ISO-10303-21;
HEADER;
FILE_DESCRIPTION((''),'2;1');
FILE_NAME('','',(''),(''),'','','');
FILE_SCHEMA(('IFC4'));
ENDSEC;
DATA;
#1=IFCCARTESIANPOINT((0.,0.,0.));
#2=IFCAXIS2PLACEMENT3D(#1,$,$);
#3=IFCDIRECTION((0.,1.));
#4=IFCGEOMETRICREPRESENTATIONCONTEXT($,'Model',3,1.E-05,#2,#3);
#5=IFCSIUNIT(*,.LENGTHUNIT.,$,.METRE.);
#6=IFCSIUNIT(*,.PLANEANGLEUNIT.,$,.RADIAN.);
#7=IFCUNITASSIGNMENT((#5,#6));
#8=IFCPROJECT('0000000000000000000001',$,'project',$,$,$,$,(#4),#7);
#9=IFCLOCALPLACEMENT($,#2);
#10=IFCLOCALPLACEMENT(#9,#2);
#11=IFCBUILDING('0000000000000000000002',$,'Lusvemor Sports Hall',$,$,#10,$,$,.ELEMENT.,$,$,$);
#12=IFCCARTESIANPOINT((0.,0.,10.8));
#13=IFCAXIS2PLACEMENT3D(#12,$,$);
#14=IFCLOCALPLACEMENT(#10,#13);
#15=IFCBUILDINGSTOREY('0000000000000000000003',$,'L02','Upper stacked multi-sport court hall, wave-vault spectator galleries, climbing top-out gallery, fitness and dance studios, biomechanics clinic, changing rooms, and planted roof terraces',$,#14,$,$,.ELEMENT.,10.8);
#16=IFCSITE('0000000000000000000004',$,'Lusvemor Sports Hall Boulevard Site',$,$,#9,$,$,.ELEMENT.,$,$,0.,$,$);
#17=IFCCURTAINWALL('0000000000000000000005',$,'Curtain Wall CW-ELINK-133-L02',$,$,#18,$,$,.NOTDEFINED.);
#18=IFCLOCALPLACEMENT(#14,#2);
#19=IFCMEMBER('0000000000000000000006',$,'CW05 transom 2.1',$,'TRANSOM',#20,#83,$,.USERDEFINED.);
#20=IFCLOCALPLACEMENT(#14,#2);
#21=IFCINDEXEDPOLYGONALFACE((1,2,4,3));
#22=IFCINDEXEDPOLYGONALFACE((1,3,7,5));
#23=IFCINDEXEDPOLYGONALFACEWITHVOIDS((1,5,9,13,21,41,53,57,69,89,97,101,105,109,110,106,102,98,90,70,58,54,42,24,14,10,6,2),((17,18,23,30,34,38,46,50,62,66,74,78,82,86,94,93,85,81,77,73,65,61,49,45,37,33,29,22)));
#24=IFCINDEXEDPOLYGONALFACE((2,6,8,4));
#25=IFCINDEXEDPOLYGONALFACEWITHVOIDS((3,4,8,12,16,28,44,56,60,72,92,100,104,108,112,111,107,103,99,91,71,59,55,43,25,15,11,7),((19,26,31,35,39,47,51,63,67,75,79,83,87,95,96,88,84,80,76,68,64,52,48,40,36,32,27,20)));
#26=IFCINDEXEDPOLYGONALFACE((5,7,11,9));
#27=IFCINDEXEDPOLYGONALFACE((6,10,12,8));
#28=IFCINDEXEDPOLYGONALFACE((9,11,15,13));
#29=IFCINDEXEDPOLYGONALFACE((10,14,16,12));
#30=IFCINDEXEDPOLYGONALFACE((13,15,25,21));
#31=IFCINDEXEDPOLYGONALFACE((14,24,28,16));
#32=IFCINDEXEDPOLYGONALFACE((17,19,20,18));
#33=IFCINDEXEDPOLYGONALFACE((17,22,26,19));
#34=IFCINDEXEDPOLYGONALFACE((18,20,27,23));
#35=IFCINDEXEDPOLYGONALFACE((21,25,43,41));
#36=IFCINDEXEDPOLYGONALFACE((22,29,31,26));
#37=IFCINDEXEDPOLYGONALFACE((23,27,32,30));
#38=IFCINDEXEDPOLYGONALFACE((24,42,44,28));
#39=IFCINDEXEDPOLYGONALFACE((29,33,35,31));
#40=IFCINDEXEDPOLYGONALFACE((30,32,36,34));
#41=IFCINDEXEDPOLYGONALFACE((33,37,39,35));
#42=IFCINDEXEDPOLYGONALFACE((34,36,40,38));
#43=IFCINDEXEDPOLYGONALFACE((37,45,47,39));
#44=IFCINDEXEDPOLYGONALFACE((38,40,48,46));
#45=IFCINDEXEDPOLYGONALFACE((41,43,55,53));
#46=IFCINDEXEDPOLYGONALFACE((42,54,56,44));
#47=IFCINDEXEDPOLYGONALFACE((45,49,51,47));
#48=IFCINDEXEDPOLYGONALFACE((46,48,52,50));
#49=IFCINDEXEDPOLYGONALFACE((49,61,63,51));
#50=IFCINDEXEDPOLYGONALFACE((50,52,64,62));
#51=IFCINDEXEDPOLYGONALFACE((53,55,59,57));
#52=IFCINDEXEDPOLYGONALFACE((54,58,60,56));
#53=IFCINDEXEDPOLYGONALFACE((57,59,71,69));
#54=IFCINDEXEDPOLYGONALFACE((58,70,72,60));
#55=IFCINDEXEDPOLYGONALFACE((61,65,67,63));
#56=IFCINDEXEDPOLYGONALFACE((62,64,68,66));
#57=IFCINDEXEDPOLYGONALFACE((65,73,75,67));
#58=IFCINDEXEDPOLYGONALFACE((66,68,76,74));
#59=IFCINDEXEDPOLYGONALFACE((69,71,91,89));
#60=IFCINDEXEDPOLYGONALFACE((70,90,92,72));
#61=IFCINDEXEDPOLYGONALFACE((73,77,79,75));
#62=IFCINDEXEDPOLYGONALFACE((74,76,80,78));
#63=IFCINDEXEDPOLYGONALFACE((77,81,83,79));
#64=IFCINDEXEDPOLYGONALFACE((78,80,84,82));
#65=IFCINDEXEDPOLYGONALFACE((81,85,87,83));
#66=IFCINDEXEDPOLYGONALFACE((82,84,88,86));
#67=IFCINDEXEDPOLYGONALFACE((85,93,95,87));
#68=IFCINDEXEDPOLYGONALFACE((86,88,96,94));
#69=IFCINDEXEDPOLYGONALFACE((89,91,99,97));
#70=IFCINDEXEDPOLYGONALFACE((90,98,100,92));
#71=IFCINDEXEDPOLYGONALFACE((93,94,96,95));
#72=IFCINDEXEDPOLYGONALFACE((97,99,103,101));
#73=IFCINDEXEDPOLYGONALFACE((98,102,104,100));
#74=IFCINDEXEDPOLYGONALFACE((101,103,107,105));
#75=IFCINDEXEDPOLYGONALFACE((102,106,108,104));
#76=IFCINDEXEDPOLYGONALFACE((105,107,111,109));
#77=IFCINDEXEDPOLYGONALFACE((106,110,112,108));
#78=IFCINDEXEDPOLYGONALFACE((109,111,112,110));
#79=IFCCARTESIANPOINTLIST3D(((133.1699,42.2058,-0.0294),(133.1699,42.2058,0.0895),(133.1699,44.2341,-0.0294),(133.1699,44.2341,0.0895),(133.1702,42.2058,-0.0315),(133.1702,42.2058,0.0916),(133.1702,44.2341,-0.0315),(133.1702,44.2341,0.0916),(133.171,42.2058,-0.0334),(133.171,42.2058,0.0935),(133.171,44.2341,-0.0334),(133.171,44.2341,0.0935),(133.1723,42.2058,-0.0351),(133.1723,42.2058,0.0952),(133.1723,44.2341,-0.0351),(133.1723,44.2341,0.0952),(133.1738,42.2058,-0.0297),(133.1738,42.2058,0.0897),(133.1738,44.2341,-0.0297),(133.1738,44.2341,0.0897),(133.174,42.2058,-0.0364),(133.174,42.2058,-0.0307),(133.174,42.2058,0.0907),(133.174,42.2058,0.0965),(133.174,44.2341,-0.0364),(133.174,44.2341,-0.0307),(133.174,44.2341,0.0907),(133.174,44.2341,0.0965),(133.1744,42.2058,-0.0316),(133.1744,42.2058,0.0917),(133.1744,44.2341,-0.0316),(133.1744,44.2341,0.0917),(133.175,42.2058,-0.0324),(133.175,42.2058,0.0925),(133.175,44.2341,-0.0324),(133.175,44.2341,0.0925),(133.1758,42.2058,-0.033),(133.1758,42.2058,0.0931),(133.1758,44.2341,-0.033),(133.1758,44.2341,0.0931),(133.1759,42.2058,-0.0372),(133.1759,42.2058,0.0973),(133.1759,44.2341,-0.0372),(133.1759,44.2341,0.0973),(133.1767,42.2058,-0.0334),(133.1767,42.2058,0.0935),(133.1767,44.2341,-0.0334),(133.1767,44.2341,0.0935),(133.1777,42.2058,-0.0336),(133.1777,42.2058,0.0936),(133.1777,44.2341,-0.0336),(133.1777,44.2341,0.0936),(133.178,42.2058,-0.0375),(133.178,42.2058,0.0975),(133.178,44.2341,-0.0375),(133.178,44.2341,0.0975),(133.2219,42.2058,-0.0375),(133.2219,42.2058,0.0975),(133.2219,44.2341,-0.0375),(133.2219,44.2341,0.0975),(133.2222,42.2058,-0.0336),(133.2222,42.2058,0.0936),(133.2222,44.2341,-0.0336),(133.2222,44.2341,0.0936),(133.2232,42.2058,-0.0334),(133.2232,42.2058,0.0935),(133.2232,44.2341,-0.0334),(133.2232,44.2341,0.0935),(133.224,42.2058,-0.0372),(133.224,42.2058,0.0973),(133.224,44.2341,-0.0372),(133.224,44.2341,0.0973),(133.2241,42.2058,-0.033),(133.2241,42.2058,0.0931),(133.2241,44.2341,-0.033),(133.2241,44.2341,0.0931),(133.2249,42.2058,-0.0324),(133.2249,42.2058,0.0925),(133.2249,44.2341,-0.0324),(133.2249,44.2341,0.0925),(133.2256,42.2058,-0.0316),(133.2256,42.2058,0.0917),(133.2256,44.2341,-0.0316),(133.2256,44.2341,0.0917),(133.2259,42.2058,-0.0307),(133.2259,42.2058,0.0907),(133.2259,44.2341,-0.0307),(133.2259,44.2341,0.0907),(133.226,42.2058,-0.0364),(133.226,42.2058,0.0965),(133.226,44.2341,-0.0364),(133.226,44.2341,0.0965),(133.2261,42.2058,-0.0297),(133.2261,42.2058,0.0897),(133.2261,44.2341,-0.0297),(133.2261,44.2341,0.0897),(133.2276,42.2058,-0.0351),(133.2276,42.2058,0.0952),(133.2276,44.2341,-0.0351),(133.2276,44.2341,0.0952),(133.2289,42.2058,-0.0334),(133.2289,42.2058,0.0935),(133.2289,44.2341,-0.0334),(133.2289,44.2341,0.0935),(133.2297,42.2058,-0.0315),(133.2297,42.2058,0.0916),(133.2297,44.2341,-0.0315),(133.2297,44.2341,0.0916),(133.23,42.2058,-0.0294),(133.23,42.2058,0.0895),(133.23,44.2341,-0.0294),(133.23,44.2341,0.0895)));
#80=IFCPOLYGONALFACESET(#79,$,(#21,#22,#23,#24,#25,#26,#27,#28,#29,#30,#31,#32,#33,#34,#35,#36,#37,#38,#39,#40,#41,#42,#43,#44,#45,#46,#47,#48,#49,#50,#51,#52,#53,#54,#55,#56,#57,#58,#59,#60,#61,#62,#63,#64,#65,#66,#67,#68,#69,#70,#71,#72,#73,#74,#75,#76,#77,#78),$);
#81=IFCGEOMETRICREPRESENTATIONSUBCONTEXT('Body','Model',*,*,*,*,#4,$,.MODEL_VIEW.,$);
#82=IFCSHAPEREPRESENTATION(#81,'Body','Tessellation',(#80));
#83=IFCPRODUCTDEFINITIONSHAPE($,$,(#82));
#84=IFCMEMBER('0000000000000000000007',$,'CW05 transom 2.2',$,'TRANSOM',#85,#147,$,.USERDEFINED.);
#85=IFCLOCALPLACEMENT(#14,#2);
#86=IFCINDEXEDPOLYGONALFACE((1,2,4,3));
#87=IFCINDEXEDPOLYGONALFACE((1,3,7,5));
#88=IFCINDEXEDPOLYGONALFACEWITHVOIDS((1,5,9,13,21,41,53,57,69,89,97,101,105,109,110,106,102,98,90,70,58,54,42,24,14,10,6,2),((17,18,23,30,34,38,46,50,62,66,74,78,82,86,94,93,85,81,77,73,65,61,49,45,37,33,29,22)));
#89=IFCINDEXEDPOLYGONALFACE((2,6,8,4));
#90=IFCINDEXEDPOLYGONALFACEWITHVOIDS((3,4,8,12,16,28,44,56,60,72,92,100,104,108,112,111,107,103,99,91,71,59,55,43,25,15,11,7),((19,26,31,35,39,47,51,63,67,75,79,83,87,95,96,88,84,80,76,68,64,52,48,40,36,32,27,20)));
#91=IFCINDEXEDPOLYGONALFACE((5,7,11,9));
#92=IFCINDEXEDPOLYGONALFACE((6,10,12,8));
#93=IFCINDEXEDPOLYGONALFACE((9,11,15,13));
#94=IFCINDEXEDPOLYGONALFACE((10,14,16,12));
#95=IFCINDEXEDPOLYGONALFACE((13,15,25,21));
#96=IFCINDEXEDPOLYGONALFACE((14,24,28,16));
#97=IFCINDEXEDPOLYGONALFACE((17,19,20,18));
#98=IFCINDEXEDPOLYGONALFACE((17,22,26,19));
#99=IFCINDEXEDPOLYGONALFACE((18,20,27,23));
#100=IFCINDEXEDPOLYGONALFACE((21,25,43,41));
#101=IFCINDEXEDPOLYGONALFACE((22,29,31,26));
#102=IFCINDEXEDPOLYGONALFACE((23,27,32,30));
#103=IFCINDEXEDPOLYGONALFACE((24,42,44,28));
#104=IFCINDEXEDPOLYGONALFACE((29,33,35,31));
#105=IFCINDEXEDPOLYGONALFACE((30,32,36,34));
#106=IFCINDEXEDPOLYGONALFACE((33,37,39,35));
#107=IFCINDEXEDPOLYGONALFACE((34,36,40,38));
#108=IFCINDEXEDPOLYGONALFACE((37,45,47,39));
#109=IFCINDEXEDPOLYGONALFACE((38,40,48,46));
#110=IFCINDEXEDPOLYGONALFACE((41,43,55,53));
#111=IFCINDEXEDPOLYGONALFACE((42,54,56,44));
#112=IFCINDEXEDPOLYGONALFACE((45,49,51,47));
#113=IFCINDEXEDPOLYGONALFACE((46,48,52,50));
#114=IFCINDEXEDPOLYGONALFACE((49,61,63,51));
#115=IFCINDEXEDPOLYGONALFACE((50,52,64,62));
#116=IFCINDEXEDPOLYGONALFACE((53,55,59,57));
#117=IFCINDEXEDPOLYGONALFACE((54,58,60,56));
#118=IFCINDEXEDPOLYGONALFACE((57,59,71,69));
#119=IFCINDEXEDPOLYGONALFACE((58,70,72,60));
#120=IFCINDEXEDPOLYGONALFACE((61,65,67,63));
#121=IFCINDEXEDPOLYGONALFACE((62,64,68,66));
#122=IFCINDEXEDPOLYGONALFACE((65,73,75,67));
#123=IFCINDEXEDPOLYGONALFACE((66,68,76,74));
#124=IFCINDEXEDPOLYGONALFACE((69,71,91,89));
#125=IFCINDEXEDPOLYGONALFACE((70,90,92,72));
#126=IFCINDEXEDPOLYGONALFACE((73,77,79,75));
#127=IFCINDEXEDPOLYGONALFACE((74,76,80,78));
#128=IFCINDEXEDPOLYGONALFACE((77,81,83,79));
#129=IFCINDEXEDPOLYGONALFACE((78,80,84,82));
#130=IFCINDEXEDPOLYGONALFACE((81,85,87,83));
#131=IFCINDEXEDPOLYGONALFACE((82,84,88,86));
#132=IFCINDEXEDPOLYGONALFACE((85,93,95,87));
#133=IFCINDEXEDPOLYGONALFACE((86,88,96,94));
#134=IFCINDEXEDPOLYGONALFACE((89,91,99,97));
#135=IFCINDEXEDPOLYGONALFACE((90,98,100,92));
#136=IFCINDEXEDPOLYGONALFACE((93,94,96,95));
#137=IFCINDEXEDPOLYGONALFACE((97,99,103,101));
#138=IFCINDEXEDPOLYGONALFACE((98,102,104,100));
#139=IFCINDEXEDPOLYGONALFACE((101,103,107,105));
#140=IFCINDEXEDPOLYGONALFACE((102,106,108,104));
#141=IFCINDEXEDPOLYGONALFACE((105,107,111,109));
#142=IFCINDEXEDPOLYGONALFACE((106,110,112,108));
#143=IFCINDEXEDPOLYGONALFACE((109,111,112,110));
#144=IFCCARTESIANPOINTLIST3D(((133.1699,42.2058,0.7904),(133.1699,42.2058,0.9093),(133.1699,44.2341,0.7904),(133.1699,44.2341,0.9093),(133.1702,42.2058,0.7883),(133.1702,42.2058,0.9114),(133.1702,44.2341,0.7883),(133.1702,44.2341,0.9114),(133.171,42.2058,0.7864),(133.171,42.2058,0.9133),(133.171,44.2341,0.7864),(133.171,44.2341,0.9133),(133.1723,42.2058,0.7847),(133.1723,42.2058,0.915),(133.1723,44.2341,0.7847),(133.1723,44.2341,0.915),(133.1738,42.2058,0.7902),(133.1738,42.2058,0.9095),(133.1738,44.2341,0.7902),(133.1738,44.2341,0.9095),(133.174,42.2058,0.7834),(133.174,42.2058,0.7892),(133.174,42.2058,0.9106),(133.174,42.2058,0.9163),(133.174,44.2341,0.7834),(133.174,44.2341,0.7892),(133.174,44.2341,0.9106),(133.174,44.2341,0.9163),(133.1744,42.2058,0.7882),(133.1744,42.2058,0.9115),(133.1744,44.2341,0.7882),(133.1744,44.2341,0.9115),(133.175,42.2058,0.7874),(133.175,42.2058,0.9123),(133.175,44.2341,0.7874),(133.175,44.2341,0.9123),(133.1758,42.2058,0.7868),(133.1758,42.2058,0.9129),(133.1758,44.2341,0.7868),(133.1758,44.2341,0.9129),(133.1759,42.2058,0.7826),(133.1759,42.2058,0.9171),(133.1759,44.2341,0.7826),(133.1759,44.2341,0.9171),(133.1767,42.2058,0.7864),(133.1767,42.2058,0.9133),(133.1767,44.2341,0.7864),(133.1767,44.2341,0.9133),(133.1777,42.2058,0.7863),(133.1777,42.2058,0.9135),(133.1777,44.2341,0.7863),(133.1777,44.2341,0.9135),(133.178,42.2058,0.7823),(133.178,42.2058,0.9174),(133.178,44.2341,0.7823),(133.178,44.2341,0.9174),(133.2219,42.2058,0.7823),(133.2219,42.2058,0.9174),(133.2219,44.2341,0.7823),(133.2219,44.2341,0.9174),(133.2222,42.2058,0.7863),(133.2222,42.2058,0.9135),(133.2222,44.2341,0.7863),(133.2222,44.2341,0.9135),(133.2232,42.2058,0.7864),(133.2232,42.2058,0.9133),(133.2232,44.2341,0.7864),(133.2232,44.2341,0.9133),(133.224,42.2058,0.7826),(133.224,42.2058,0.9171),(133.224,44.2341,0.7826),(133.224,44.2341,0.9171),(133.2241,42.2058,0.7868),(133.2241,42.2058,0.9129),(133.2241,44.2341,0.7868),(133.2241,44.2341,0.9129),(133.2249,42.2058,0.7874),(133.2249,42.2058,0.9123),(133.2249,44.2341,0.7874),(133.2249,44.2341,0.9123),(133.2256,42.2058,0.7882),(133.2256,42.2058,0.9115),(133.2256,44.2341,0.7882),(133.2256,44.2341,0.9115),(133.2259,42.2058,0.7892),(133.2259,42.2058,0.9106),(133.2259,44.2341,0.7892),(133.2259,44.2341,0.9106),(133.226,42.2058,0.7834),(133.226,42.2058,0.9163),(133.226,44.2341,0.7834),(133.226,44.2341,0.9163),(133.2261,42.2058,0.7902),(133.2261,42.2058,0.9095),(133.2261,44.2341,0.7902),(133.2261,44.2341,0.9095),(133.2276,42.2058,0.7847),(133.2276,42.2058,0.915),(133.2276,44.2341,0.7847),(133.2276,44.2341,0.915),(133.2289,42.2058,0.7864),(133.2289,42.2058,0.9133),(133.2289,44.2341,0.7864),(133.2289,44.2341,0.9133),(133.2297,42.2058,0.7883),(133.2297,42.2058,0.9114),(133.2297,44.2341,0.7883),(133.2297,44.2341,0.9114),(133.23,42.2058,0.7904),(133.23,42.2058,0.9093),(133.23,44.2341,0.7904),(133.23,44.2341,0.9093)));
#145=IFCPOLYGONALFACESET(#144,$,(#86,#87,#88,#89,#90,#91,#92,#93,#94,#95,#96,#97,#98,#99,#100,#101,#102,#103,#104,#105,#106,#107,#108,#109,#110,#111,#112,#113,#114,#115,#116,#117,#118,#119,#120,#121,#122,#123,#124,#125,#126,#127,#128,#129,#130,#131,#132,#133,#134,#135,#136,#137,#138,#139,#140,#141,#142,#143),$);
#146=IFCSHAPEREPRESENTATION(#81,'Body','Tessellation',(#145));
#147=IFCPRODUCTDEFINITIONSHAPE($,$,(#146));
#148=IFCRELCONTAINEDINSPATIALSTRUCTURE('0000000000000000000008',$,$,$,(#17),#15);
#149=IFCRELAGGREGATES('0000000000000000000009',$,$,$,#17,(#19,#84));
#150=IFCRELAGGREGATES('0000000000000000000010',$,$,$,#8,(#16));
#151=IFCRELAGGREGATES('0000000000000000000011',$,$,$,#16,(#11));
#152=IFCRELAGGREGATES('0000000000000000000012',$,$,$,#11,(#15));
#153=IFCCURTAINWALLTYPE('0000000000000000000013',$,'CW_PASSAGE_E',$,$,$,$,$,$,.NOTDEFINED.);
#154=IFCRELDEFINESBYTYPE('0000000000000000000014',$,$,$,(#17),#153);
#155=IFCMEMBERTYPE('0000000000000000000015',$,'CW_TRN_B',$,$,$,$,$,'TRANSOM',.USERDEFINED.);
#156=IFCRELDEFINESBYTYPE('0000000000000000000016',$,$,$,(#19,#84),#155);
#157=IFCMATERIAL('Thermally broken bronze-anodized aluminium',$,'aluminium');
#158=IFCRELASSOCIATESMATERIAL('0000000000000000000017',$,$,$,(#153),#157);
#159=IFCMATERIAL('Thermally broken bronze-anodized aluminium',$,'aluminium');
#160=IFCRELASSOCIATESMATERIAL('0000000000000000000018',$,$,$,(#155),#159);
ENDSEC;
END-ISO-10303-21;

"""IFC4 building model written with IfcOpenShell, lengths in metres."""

from ifc_helpers import new_model, si_unit, direction, frame, origin, origin_2d, place, context, subcontext, project, spatial, hollow_rectangle, extrude, material, material_profile, profile_set, type_object, element, aggregate, save


model = new_model("IFC4")

# Units and contexts
model_context = context("Model", 3, precision=1e-05, world=origin(), true_north=direction((0.0, 1.0)))
body_context = subcontext(model_context, "Body", "Model", "MODEL_VIEW")
ifc_project = project(units=[si_unit("LENGTHUNIT", "METRE"), si_unit("PLANEANGLEUNIT", "RADIAN")], contexts=[model_context])

# Site, building, storey
site_placement = place(None, origin())
site = spatial("IfcSite", under=ifc_project, at=site_placement, Name="Lusvemor Sports Hall Boulevard Site", CompositionType="ELEMENT", RefElevation=0.0)
building_placement = place(site_placement, origin())
building = spatial("IfcBuilding", under=site, at=building_placement, Name="Lusvemor Sports Hall", CompositionType="ELEMENT")
storey_placement = place(building_placement, frame((0.0, 0.0, 10.8)))
storey = spatial("IfcBuildingStorey", under=building, at=storey_placement, Name="L02", Description="Upper stacked multi-sport court hall, wave-vault spectator galleries, climbing top-out gallery, fitness and dance studios, biomechanics clinic, changing rooms, and planted roof terraces", CompositionType="ELEMENT", Elevation=10.8)

# Curtain wall
ifc_material_1 = material(Name="Thermally broken bronze-anodized aluminium", Category="aluminium")
curtain_wall_type_1 = type_object("IfcCurtainWallType", Name="CW_PASSAGE_E", PredefinedType="NOTDEFINED", material=ifc_material_1)
curtain_wall_1_placement = place(storey_placement, origin())
curtain_wall_1 = element("IfcCurtainWall", 1, at=curtain_wall_1_placement, inside=storey, type_object=curtain_wall_type_1, Name="Curtain Wall CW-ELINK-133-L02", PredefinedType="NOTDEFINED")

# Members
ifc_material_2 = material(Name="Thermally broken bronze-anodized aluminium", Category="aluminium")
ifc_material_profile_1 = material_profile(ifc_material_2, hollow_rectangle(XDim=0.0601, YDim=0.135, WallThickness=0.0039, InnerFilletRadius=0.0039, OuterFilletRadius=0.0081, at=origin_2d()), Name="CWTRN135x60x4")
ifc_profile_set_1 = profile_set([ifc_material_profile_1], Name="Thermally broken bronze-anodized aluminium")
member_type_1 = type_object("IfcMemberType", Name="CW_TRN_B", ElementType="TRANSOM", PredefinedType="USERDEFINED", material=ifc_profile_set_1)
member_1_placement = place(storey_placement, frame((133.2, 42.2058, 0.03), z_axis=(0.0, 1.0, 0.0), x_axis=(-1.0, 0.0, 0.0)))
member_1 = element("IfcMember", 2, at=member_1_placement, type_object=member_type_1, Name="CW05 transom 2.1", ObjectType="TRANSOM", PredefinedType="USERDEFINED", context=body_context, shape_type="SweptSolid", body=[
    extrude(hollow_rectangle(XDim=0.0601, YDim=0.135, WallThickness=0.0039, InnerFilletRadius=0.0039, OuterFilletRadius=0.0081, at=origin_2d()), origin(), (0.0, 0.0, 1.0), 2.0283),
])
member_2_placement = place(storey_placement, frame((133.2, 42.2058, 0.8499), z_axis=(0.0, 1.0, 0.0), x_axis=(-1.0, 0.0, 0.0)))
member_2 = element("IfcMember", 3, at=member_2_placement, type_object=member_type_1, Name="CW05 transom 2.2", ObjectType="TRANSOM", PredefinedType="USERDEFINED", context=body_context, shape_type="SweptSolid", body=[
    extrude(hollow_rectangle(XDim=0.0601, YDim=0.135, WallThickness=0.0039, InnerFilletRadius=0.0039, OuterFilletRadius=0.0081, at=origin_2d()), origin(), (0.0, 0.0, 1.0), 2.0283),
])

aggregate(curtain_wall_1, [member_1, member_2])

save(model, "model.ifc")
